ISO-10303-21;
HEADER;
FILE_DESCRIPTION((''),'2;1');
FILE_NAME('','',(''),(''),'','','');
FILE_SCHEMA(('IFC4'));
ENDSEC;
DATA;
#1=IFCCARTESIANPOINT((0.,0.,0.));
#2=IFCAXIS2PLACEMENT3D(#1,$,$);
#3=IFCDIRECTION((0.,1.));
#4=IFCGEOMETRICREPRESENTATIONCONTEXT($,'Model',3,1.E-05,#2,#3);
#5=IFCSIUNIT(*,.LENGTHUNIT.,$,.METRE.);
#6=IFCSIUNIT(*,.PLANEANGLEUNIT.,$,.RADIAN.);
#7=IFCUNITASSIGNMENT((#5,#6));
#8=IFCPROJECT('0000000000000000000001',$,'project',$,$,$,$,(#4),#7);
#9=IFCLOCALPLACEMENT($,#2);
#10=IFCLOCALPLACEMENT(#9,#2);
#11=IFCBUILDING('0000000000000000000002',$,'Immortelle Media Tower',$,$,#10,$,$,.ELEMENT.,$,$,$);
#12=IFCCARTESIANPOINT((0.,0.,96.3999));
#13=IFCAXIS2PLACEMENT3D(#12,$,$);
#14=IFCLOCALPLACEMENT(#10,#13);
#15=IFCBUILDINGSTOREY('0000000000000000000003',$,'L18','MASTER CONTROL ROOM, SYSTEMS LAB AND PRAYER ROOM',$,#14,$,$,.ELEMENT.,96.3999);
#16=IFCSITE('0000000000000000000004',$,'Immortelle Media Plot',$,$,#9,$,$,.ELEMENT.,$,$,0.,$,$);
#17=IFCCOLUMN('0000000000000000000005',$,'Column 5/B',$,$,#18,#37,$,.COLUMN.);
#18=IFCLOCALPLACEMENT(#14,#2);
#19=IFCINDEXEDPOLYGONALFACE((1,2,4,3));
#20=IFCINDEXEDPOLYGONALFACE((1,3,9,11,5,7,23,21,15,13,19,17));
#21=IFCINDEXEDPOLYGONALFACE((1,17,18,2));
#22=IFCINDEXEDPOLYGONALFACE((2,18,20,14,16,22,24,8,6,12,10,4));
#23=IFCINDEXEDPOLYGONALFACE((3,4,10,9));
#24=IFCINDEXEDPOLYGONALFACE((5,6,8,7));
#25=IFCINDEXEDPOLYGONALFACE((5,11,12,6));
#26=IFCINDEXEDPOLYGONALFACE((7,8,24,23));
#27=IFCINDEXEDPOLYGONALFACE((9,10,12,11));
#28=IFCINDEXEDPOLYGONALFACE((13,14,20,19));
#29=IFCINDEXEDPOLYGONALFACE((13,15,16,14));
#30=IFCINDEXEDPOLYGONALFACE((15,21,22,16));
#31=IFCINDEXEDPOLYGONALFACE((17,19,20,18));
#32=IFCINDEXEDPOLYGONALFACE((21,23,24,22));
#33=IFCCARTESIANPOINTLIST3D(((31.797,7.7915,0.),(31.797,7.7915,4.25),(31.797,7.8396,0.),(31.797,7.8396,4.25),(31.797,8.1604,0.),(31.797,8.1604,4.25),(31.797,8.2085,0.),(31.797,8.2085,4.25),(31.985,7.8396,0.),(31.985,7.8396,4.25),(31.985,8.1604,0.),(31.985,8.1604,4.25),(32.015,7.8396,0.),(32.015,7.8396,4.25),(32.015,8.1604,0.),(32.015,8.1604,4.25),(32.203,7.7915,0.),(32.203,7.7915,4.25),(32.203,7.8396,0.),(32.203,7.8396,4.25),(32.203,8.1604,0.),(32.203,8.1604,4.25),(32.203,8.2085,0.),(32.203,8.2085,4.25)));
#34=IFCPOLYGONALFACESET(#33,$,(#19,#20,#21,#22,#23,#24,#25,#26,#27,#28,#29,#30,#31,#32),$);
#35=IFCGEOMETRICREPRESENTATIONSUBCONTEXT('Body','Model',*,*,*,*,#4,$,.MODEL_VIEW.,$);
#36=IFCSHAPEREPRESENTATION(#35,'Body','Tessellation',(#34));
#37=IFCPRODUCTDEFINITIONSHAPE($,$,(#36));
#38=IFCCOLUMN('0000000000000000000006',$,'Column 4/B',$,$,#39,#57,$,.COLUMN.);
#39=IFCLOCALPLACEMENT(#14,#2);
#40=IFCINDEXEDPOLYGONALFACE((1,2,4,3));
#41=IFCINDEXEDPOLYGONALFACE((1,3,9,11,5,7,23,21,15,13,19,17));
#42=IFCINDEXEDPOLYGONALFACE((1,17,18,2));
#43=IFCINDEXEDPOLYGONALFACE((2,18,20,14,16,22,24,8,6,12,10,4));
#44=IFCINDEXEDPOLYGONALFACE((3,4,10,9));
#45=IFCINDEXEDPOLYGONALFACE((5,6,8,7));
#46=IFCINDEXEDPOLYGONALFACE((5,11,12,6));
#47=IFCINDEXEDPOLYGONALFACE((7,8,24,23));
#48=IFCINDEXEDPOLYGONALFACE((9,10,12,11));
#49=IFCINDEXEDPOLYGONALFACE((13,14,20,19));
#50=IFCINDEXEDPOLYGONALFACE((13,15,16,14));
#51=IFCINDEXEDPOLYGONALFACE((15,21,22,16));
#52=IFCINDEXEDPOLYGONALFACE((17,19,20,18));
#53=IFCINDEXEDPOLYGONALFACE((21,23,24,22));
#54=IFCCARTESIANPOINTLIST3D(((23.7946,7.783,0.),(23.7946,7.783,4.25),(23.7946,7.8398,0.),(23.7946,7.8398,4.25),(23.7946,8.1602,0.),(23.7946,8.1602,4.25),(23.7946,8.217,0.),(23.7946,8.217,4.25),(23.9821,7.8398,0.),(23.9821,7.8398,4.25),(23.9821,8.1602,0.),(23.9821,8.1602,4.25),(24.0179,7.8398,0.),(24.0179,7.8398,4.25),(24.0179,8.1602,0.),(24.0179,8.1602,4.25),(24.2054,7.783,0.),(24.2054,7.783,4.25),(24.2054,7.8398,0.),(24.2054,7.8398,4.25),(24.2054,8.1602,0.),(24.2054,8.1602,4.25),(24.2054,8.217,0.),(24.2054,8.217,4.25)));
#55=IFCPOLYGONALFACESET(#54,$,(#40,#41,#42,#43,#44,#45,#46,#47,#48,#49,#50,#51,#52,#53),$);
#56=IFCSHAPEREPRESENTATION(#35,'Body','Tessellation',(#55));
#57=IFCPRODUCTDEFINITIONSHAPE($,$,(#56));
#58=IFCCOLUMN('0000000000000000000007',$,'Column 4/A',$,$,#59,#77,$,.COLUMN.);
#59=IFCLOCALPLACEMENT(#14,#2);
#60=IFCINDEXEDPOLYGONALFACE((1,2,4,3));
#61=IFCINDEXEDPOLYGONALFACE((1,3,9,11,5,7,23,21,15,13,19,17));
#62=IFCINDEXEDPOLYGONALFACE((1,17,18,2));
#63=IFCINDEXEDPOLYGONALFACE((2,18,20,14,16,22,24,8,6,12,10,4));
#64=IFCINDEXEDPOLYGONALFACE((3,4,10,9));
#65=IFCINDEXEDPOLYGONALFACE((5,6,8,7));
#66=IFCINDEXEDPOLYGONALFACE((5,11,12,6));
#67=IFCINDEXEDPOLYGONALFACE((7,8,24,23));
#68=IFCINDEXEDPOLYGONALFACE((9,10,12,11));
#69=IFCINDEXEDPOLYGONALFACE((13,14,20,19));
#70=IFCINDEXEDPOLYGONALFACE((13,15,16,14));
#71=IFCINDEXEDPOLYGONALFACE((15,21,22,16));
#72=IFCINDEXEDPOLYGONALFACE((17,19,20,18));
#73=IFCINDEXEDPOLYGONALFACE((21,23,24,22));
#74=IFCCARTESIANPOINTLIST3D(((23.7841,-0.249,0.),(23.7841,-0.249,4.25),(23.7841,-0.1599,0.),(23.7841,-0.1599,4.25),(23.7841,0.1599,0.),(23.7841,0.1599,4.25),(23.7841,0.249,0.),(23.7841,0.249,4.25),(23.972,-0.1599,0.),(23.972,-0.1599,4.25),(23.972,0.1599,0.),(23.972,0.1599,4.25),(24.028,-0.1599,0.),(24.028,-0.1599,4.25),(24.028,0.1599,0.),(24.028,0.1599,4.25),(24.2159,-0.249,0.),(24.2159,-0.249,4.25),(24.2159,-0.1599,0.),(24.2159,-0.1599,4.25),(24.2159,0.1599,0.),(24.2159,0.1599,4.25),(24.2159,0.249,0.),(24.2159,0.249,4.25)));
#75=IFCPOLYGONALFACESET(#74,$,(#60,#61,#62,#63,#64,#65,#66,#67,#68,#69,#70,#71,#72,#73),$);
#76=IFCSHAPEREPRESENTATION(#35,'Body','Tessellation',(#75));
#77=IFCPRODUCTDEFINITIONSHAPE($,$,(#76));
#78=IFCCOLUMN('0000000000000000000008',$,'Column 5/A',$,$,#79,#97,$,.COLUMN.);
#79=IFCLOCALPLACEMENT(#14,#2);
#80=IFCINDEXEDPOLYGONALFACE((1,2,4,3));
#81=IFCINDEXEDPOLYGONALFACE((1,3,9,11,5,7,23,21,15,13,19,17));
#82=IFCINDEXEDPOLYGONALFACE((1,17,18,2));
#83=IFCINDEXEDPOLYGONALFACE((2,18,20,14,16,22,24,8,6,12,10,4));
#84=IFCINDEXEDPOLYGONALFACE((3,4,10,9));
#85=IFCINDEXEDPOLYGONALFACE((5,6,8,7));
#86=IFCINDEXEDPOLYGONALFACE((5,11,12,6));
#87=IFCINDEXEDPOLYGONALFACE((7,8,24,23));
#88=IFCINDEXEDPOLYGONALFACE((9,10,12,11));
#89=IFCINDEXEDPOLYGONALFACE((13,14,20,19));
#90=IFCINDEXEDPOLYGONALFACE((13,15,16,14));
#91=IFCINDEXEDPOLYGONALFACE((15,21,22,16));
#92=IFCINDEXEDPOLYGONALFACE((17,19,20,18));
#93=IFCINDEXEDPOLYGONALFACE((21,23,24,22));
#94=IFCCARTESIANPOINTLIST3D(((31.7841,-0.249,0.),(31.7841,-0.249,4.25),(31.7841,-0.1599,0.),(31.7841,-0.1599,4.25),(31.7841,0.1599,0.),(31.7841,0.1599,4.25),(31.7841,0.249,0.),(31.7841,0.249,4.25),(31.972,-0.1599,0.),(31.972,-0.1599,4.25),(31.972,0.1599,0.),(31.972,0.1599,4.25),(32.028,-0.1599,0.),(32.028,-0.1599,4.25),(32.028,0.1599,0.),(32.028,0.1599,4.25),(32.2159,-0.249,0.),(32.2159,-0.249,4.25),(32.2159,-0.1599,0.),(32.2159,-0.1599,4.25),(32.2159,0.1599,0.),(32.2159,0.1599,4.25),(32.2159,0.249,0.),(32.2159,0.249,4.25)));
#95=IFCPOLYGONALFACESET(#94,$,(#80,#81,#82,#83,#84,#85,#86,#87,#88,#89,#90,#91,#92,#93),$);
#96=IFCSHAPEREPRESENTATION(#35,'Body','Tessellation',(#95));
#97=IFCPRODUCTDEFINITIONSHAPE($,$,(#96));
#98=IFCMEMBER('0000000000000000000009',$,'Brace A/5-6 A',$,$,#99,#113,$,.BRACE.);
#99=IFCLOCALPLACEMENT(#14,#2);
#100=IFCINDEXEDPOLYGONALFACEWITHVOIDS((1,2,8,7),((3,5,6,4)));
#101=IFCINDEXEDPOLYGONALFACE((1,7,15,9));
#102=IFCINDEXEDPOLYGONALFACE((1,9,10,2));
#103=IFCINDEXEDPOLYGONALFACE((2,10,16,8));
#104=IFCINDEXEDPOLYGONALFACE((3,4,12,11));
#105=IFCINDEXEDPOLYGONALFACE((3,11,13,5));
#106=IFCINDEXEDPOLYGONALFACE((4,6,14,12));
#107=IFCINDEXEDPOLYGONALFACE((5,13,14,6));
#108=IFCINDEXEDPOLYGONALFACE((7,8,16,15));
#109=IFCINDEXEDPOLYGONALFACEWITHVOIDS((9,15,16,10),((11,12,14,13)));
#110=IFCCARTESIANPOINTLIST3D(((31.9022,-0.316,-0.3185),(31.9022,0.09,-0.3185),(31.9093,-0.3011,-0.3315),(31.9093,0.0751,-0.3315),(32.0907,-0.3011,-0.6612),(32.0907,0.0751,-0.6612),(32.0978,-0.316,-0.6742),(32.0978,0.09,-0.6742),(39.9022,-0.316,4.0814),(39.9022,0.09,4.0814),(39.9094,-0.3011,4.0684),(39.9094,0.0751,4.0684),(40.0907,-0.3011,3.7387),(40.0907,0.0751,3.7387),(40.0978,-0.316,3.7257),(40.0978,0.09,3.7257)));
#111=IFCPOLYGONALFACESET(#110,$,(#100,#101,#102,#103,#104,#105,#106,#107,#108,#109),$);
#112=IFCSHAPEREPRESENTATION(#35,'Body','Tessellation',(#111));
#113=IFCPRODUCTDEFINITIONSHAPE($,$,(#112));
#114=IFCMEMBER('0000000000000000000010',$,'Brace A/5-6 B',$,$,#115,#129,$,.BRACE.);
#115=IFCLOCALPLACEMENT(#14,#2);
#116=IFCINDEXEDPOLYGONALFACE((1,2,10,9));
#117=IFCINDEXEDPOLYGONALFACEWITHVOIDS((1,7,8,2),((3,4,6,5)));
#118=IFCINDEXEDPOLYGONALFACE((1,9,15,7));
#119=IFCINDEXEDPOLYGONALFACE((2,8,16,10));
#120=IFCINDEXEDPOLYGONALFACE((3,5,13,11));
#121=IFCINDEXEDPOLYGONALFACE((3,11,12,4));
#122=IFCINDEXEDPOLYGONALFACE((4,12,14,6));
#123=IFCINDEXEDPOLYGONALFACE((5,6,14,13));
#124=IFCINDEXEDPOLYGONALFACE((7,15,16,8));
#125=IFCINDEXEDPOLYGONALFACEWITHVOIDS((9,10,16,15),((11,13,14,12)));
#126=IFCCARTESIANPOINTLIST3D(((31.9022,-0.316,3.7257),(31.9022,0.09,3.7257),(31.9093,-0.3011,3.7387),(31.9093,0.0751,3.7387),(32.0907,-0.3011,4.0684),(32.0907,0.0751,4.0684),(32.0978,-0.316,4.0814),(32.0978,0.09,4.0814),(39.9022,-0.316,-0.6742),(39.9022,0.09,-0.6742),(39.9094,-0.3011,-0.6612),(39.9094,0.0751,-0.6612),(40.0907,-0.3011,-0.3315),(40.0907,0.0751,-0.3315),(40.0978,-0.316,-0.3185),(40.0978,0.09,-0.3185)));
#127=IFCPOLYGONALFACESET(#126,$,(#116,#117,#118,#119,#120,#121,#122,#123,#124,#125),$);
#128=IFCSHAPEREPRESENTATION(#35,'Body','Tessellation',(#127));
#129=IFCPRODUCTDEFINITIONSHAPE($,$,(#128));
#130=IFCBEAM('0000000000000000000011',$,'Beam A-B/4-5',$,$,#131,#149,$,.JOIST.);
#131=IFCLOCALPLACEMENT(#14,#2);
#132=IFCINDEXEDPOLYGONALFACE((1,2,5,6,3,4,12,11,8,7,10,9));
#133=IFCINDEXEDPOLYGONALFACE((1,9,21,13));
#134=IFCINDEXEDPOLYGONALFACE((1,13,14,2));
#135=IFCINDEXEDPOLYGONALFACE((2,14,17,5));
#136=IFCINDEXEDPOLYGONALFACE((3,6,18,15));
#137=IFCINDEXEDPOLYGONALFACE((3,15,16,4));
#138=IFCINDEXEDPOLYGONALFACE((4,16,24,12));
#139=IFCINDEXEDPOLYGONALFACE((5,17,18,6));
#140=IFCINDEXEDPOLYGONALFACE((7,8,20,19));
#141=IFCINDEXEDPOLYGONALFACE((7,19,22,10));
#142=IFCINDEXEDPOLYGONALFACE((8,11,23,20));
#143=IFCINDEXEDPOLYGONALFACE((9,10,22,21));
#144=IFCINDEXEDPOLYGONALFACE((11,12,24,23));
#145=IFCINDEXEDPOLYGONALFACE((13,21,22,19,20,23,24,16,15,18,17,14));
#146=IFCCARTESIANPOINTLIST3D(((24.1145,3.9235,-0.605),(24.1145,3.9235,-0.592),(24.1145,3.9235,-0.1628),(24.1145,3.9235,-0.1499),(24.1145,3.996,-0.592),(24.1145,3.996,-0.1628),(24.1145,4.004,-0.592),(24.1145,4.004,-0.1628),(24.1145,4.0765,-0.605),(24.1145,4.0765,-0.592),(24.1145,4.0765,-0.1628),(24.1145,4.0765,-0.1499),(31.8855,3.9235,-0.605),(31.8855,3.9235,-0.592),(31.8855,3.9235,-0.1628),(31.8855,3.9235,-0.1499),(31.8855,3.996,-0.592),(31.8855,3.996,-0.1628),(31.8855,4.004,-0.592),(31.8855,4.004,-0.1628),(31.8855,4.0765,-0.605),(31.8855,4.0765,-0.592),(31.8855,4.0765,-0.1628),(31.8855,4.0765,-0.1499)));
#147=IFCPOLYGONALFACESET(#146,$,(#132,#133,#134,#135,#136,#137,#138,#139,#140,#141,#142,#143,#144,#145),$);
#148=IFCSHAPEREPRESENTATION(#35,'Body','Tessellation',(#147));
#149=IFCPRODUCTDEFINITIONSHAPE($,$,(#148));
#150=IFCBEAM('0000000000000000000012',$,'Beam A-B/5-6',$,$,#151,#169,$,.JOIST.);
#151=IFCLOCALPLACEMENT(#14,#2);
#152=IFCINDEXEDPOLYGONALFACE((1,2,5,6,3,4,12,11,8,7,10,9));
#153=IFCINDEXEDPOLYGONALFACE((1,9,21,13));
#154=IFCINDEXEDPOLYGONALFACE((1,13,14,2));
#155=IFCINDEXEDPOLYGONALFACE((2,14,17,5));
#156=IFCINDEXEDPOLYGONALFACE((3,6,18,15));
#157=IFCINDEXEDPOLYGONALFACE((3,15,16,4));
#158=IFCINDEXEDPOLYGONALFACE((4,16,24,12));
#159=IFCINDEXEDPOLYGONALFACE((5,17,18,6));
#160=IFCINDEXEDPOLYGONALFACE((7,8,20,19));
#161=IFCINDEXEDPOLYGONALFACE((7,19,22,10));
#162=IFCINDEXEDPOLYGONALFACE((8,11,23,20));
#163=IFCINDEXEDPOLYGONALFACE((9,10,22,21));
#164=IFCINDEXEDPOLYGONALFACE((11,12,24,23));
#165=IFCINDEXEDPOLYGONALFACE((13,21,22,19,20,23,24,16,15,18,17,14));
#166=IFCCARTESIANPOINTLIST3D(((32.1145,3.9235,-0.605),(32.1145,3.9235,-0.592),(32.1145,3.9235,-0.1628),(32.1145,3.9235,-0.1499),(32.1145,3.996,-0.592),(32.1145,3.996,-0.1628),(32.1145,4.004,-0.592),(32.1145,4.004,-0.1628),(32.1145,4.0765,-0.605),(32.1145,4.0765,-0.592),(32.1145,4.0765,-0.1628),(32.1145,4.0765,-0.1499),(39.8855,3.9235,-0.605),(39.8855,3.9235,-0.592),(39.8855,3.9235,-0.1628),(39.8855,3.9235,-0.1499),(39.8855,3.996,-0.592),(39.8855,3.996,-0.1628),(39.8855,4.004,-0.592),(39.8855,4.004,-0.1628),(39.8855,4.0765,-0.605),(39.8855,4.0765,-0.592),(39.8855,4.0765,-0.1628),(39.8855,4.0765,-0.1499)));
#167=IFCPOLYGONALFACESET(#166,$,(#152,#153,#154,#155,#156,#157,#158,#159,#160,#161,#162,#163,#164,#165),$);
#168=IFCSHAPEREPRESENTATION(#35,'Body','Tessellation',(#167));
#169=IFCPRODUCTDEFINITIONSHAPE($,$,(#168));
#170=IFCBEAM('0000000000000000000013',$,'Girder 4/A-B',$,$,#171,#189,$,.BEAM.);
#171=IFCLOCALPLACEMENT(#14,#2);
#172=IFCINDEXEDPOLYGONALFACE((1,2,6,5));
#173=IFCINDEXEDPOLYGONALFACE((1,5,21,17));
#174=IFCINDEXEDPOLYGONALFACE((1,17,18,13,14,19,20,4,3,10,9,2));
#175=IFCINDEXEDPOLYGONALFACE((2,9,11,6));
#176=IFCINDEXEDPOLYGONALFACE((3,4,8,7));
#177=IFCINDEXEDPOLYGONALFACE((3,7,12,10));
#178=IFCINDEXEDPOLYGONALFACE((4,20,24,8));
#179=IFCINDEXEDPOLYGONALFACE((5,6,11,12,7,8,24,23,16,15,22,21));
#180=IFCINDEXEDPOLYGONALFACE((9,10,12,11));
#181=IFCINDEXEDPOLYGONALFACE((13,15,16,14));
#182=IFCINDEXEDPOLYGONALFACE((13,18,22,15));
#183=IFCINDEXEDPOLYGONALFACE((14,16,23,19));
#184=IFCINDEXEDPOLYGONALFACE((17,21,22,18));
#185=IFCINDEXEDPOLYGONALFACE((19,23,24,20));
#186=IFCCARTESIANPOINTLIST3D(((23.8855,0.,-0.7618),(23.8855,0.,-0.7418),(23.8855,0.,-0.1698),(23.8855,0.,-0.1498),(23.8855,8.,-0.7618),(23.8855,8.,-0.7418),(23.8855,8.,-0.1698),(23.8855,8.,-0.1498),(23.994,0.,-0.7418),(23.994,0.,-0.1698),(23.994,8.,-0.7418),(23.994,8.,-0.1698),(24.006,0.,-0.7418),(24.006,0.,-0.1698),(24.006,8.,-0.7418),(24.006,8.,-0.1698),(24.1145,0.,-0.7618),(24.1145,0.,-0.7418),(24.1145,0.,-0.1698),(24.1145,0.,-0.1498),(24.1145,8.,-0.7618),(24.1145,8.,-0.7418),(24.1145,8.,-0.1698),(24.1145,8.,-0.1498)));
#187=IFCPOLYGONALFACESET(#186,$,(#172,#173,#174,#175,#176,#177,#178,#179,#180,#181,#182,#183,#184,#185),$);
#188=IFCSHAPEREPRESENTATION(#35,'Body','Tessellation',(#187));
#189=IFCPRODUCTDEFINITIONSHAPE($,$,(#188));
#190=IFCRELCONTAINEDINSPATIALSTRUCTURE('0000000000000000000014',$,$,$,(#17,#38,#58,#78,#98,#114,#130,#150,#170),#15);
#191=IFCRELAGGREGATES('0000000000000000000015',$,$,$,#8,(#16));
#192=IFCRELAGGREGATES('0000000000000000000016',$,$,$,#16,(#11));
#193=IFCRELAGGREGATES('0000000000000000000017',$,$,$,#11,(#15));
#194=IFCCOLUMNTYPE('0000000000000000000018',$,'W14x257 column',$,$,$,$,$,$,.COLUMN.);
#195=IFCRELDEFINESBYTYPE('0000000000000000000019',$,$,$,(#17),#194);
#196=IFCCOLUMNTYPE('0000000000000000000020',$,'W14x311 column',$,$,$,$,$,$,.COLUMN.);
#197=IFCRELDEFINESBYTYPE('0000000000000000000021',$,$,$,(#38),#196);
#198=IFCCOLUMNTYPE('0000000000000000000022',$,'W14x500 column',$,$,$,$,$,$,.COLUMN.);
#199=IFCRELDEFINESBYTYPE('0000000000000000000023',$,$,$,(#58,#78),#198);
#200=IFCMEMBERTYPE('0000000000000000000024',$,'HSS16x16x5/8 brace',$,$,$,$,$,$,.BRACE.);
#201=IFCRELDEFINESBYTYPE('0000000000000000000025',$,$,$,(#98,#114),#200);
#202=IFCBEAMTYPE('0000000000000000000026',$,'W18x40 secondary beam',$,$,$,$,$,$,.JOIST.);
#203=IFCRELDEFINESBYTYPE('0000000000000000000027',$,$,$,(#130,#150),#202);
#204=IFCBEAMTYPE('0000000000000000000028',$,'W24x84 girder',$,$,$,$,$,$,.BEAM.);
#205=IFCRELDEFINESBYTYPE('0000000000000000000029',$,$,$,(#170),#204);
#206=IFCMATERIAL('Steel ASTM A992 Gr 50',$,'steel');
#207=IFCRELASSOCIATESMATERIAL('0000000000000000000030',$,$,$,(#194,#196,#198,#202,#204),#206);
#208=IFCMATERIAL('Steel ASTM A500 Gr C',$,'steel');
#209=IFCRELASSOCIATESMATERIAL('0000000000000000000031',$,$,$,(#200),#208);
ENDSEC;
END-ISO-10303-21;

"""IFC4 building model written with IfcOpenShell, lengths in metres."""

from ifc_helpers import new_model, si_unit, direction, frame, origin, origin_2d, place, context, subcontext, project, spatial, hollow_rectangle, i_section, extrude, material, material_profile, profile_set, type_object, element, save


model = new_model("IFC4")

# Units and contexts
model_context = context("Model", 3, precision=1e-05, world=origin(), true_north=direction((0.0, 1.0)))
body_context = subcontext(model_context, "Body", "Model", "MODEL_VIEW")
ifc_project = project(units=[si_unit("LENGTHUNIT", "METRE"), si_unit("PLANEANGLEUNIT", "RADIAN")], contexts=[model_context])

# Site, building, storey
site_placement = place(None, origin())
site = spatial("IfcSite", under=ifc_project, at=site_placement, Name="Immortelle Media Plot", CompositionType="ELEMENT", RefElevation=0.0)
building_placement = place(site_placement, origin())
building = spatial("IfcBuilding", under=site, at=building_placement, Name="Immortelle Media Tower", CompositionType="ELEMENT")
storey_placement = place(building_placement, frame((0.0, 0.0, 96.3999)))
storey = spatial("IfcBuildingStorey", under=building, at=storey_placement, Name="L18", Description="MASTER CONTROL ROOM, SYSTEMS LAB AND PRAYER ROOM", CompositionType="ELEMENT", Elevation=96.3999)

# Columns
ifc_material_1 = material(Name="Steel ASTM A992 Gr 50", Category="steel")
ifc_material_profile_1 = material_profile(ifc_material_1, i_section(OverallWidth=0.406, OverallDepth=0.417, WebThickness=0.03, FlangeThickness=0.0481, at=origin_2d()), Name="W14x257")
ifc_profile_set_1 = profile_set([ifc_material_profile_1], Name="Steel ASTM A992 Gr 50")
column_type_1 = type_object("IfcColumnType", Name="W14x257 column", PredefinedType="COLUMN", material=ifc_profile_set_1)
column_1_placement = place(storey_placement, frame((32.0, 8.0, 0.0), z_axis=(0.0, 0.0, 1.0), x_axis=(1.0, 0.0, 0.0)))
element("IfcColumn", 1, at=column_1_placement, inside=storey, type_object=column_type_1, Name="Column 5/B", PredefinedType="COLUMN", context=body_context, shape_type="SweptSolid", body=[
    extrude(i_section(OverallWidth=0.406, OverallDepth=0.417, WebThickness=0.03, FlangeThickness=0.0481, at=origin_2d()), origin(), (0.0, 0.0, 1.0), 4.25),
])
ifc_material_profile_2 = material_profile(ifc_material_1, i_section(OverallWidth=0.4109, OverallDepth=0.4341, WebThickness=0.0359, FlangeThickness=0.0569, at=origin_2d()), Name="W14x311")
ifc_profile_set_2 = profile_set([ifc_material_profile_2], Name="Steel ASTM A992 Gr 50")
column_type_2 = type_object("IfcColumnType", Name="W14x311 column", PredefinedType="COLUMN", material=ifc_profile_set_2)
column_2_placement = place(storey_placement, frame((24.0, 8.0, 0.0), z_axis=(0.0, 0.0, 1.0), x_axis=(1.0, 0.0, 0.0)))
element("IfcColumn", 2, at=column_2_placement, inside=storey, type_object=column_type_2, Name="Column 4/B", PredefinedType="COLUMN", context=body_context, shape_type="SweptSolid", body=[
    extrude(i_section(OverallWidth=0.4109, OverallDepth=0.4341, WebThickness=0.0359, FlangeThickness=0.0569, at=origin_2d()), origin(), (0.0, 0.0, 1.0), 4.25),
])
ifc_material_profile_3 = material_profile(ifc_material_1, i_section(OverallWidth=0.4319, OverallDepth=0.498, WebThickness=0.0559, FlangeThickness=0.0891, at=origin_2d()), Name="W14x500")
ifc_profile_set_3 = profile_set([ifc_material_profile_3], Name="Steel ASTM A992 Gr 50")
column_type_3 = type_object("IfcColumnType", Name="W14x500 column", PredefinedType="COLUMN", material=ifc_profile_set_3)
for number, where, z_axis, x_axis, name in (
    (3, (24.0, 0.0, 0.0), (0.0, 0.0, 1.0), (1.0, 0.0, 0.0), "Column 4/A"),
    (4, (32.0, 0.0, 0.0), (0.0, 0.0, 1.0), (1.0, 0.0, 0.0), "Column 5/A"),
):
    element("IfcColumn", number, at=place(storey_placement, frame(where, z_axis=z_axis, x_axis=x_axis)), inside=storey, type_object=column_type_3, Name=name, PredefinedType="COLUMN", context=body_context, shape_type="SweptSolid", body=[
        extrude(i_section(OverallWidth=0.4319, OverallDepth=0.498, WebThickness=0.0559, FlangeThickness=0.0891, at=origin_2d()), origin(), (0.0, 0.0, 1.0), 4.25),
    ])

# Members
ifc_material_2 = material(Name="Steel ASTM A500 Gr C", Category="steel")
ifc_material_profile_4 = material_profile(ifc_material_2, hollow_rectangle(XDim=0.406, YDim=0.406, WallThickness=0.0149, at=origin_2d()), Name="HSS16x16x5/8 brace")
ifc_profile_set_4 = profile_set([ifc_material_profile_4], Name="Steel ASTM A500 Gr C")
member_type = type_object("IfcMemberType", Name="HSS16x16x5/8 brace", PredefinedType="BRACE", material=ifc_profile_set_4)
for number, where, z_axis, x_axis, name in (
    (5, (32.0, -0.113, -0.4963), (0.87622, 0.0, 0.481911), (0.0, 1.0, 0.0), "Brace A/5-6 A"),
    (6, (32.0, -0.113, 3.9036), (0.87622, 0.0, -0.481911), (0.0, 1.0, 0.0), "Brace A/5-6 B"),
):
    element("IfcMember", number, at=place(storey_placement, frame(where, z_axis=z_axis, x_axis=x_axis)), inside=storey, type_object=member_type, Name=name, PredefinedType="BRACE", context=body_context, shape_type="SweptSolid", body=[
        extrude(hollow_rectangle(XDim=0.406, YDim=0.406, WallThickness=0.0149, at=origin_2d()), origin(), (0.0, 0.0, 1.0), 9.1301),
    ])

# Beams
ifc_material_profile_5 = material_profile(ifc_material_1, i_section(OverallWidth=0.1531, OverallDepth=0.4551, WebThickness=0.0081, FlangeThickness=0.0129, at=origin_2d()), Name="W18x40")
ifc_profile_set_5 = profile_set([ifc_material_profile_5], Name="Steel ASTM A992 Gr 50")
beam_type_1 = type_object("IfcBeamType", Name="W18x40 secondary beam", PredefinedType="JOIST", material=ifc_profile_set_5)
for number, where, z_axis, x_axis, name in (
    (7, (24.1145, 4.0, -0.3774), (1.0, 0.0, 0.0), (0.0, 1.0, 0.0), "Beam A-B/4-5"),
    (8, (32.1145, 4.0, -0.3774), (1.0, 0.0, 0.0), (0.0, 1.0, 0.0), "Beam A-B/5-6"),
):
    element("IfcBeam", number, at=place(storey_placement, frame(where, z_axis=z_axis, x_axis=x_axis)), inside=storey, type_object=beam_type_1, Name=name, PredefinedType="JOIST", context=body_context, shape_type="SweptSolid", body=[
        extrude(i_section(OverallWidth=0.1531, OverallDepth=0.4551, WebThickness=0.0081, FlangeThickness=0.0129, at=origin_2d()), origin(), (0.0, 0.0, 1.0), 7.771),
    ])
ifc_material_profile_6 = material_profile(ifc_material_1, i_section(OverallWidth=0.229, OverallDepth=0.6121, WebThickness=0.012, FlangeThickness=0.02, at=origin_2d()), Name="W24x84")
ifc_profile_set_6 = profile_set([ifc_material_profile_6], Name="Steel ASTM A992 Gr 50")
beam_type_2 = type_object("IfcBeamType", Name="W24x84 girder", PredefinedType="BEAM", material=ifc_profile_set_6)
for number, where, z_axis, x_axis, name in (
    (9, (24.0, 0.0, -0.4558), (0.0, 1.0, 0.0), (-1.0, 0.0, 0.0), "Girder 4/A-B"),
):
    element("IfcBeam", number, at=place(storey_placement, frame(where, z_axis=z_axis, x_axis=x_axis)), inside=storey, type_object=beam_type_2, Name=name, PredefinedType="BEAM", context=body_context, shape_type="SweptSolid", body=[
        extrude(i_section(OverallWidth=0.229, OverallDepth=0.6121, WebThickness=0.012, FlangeThickness=0.02, at=origin_2d()), origin(), (0.0, 0.0, 1.0), 8.0),
    ])

save(model, "model.ifc")
